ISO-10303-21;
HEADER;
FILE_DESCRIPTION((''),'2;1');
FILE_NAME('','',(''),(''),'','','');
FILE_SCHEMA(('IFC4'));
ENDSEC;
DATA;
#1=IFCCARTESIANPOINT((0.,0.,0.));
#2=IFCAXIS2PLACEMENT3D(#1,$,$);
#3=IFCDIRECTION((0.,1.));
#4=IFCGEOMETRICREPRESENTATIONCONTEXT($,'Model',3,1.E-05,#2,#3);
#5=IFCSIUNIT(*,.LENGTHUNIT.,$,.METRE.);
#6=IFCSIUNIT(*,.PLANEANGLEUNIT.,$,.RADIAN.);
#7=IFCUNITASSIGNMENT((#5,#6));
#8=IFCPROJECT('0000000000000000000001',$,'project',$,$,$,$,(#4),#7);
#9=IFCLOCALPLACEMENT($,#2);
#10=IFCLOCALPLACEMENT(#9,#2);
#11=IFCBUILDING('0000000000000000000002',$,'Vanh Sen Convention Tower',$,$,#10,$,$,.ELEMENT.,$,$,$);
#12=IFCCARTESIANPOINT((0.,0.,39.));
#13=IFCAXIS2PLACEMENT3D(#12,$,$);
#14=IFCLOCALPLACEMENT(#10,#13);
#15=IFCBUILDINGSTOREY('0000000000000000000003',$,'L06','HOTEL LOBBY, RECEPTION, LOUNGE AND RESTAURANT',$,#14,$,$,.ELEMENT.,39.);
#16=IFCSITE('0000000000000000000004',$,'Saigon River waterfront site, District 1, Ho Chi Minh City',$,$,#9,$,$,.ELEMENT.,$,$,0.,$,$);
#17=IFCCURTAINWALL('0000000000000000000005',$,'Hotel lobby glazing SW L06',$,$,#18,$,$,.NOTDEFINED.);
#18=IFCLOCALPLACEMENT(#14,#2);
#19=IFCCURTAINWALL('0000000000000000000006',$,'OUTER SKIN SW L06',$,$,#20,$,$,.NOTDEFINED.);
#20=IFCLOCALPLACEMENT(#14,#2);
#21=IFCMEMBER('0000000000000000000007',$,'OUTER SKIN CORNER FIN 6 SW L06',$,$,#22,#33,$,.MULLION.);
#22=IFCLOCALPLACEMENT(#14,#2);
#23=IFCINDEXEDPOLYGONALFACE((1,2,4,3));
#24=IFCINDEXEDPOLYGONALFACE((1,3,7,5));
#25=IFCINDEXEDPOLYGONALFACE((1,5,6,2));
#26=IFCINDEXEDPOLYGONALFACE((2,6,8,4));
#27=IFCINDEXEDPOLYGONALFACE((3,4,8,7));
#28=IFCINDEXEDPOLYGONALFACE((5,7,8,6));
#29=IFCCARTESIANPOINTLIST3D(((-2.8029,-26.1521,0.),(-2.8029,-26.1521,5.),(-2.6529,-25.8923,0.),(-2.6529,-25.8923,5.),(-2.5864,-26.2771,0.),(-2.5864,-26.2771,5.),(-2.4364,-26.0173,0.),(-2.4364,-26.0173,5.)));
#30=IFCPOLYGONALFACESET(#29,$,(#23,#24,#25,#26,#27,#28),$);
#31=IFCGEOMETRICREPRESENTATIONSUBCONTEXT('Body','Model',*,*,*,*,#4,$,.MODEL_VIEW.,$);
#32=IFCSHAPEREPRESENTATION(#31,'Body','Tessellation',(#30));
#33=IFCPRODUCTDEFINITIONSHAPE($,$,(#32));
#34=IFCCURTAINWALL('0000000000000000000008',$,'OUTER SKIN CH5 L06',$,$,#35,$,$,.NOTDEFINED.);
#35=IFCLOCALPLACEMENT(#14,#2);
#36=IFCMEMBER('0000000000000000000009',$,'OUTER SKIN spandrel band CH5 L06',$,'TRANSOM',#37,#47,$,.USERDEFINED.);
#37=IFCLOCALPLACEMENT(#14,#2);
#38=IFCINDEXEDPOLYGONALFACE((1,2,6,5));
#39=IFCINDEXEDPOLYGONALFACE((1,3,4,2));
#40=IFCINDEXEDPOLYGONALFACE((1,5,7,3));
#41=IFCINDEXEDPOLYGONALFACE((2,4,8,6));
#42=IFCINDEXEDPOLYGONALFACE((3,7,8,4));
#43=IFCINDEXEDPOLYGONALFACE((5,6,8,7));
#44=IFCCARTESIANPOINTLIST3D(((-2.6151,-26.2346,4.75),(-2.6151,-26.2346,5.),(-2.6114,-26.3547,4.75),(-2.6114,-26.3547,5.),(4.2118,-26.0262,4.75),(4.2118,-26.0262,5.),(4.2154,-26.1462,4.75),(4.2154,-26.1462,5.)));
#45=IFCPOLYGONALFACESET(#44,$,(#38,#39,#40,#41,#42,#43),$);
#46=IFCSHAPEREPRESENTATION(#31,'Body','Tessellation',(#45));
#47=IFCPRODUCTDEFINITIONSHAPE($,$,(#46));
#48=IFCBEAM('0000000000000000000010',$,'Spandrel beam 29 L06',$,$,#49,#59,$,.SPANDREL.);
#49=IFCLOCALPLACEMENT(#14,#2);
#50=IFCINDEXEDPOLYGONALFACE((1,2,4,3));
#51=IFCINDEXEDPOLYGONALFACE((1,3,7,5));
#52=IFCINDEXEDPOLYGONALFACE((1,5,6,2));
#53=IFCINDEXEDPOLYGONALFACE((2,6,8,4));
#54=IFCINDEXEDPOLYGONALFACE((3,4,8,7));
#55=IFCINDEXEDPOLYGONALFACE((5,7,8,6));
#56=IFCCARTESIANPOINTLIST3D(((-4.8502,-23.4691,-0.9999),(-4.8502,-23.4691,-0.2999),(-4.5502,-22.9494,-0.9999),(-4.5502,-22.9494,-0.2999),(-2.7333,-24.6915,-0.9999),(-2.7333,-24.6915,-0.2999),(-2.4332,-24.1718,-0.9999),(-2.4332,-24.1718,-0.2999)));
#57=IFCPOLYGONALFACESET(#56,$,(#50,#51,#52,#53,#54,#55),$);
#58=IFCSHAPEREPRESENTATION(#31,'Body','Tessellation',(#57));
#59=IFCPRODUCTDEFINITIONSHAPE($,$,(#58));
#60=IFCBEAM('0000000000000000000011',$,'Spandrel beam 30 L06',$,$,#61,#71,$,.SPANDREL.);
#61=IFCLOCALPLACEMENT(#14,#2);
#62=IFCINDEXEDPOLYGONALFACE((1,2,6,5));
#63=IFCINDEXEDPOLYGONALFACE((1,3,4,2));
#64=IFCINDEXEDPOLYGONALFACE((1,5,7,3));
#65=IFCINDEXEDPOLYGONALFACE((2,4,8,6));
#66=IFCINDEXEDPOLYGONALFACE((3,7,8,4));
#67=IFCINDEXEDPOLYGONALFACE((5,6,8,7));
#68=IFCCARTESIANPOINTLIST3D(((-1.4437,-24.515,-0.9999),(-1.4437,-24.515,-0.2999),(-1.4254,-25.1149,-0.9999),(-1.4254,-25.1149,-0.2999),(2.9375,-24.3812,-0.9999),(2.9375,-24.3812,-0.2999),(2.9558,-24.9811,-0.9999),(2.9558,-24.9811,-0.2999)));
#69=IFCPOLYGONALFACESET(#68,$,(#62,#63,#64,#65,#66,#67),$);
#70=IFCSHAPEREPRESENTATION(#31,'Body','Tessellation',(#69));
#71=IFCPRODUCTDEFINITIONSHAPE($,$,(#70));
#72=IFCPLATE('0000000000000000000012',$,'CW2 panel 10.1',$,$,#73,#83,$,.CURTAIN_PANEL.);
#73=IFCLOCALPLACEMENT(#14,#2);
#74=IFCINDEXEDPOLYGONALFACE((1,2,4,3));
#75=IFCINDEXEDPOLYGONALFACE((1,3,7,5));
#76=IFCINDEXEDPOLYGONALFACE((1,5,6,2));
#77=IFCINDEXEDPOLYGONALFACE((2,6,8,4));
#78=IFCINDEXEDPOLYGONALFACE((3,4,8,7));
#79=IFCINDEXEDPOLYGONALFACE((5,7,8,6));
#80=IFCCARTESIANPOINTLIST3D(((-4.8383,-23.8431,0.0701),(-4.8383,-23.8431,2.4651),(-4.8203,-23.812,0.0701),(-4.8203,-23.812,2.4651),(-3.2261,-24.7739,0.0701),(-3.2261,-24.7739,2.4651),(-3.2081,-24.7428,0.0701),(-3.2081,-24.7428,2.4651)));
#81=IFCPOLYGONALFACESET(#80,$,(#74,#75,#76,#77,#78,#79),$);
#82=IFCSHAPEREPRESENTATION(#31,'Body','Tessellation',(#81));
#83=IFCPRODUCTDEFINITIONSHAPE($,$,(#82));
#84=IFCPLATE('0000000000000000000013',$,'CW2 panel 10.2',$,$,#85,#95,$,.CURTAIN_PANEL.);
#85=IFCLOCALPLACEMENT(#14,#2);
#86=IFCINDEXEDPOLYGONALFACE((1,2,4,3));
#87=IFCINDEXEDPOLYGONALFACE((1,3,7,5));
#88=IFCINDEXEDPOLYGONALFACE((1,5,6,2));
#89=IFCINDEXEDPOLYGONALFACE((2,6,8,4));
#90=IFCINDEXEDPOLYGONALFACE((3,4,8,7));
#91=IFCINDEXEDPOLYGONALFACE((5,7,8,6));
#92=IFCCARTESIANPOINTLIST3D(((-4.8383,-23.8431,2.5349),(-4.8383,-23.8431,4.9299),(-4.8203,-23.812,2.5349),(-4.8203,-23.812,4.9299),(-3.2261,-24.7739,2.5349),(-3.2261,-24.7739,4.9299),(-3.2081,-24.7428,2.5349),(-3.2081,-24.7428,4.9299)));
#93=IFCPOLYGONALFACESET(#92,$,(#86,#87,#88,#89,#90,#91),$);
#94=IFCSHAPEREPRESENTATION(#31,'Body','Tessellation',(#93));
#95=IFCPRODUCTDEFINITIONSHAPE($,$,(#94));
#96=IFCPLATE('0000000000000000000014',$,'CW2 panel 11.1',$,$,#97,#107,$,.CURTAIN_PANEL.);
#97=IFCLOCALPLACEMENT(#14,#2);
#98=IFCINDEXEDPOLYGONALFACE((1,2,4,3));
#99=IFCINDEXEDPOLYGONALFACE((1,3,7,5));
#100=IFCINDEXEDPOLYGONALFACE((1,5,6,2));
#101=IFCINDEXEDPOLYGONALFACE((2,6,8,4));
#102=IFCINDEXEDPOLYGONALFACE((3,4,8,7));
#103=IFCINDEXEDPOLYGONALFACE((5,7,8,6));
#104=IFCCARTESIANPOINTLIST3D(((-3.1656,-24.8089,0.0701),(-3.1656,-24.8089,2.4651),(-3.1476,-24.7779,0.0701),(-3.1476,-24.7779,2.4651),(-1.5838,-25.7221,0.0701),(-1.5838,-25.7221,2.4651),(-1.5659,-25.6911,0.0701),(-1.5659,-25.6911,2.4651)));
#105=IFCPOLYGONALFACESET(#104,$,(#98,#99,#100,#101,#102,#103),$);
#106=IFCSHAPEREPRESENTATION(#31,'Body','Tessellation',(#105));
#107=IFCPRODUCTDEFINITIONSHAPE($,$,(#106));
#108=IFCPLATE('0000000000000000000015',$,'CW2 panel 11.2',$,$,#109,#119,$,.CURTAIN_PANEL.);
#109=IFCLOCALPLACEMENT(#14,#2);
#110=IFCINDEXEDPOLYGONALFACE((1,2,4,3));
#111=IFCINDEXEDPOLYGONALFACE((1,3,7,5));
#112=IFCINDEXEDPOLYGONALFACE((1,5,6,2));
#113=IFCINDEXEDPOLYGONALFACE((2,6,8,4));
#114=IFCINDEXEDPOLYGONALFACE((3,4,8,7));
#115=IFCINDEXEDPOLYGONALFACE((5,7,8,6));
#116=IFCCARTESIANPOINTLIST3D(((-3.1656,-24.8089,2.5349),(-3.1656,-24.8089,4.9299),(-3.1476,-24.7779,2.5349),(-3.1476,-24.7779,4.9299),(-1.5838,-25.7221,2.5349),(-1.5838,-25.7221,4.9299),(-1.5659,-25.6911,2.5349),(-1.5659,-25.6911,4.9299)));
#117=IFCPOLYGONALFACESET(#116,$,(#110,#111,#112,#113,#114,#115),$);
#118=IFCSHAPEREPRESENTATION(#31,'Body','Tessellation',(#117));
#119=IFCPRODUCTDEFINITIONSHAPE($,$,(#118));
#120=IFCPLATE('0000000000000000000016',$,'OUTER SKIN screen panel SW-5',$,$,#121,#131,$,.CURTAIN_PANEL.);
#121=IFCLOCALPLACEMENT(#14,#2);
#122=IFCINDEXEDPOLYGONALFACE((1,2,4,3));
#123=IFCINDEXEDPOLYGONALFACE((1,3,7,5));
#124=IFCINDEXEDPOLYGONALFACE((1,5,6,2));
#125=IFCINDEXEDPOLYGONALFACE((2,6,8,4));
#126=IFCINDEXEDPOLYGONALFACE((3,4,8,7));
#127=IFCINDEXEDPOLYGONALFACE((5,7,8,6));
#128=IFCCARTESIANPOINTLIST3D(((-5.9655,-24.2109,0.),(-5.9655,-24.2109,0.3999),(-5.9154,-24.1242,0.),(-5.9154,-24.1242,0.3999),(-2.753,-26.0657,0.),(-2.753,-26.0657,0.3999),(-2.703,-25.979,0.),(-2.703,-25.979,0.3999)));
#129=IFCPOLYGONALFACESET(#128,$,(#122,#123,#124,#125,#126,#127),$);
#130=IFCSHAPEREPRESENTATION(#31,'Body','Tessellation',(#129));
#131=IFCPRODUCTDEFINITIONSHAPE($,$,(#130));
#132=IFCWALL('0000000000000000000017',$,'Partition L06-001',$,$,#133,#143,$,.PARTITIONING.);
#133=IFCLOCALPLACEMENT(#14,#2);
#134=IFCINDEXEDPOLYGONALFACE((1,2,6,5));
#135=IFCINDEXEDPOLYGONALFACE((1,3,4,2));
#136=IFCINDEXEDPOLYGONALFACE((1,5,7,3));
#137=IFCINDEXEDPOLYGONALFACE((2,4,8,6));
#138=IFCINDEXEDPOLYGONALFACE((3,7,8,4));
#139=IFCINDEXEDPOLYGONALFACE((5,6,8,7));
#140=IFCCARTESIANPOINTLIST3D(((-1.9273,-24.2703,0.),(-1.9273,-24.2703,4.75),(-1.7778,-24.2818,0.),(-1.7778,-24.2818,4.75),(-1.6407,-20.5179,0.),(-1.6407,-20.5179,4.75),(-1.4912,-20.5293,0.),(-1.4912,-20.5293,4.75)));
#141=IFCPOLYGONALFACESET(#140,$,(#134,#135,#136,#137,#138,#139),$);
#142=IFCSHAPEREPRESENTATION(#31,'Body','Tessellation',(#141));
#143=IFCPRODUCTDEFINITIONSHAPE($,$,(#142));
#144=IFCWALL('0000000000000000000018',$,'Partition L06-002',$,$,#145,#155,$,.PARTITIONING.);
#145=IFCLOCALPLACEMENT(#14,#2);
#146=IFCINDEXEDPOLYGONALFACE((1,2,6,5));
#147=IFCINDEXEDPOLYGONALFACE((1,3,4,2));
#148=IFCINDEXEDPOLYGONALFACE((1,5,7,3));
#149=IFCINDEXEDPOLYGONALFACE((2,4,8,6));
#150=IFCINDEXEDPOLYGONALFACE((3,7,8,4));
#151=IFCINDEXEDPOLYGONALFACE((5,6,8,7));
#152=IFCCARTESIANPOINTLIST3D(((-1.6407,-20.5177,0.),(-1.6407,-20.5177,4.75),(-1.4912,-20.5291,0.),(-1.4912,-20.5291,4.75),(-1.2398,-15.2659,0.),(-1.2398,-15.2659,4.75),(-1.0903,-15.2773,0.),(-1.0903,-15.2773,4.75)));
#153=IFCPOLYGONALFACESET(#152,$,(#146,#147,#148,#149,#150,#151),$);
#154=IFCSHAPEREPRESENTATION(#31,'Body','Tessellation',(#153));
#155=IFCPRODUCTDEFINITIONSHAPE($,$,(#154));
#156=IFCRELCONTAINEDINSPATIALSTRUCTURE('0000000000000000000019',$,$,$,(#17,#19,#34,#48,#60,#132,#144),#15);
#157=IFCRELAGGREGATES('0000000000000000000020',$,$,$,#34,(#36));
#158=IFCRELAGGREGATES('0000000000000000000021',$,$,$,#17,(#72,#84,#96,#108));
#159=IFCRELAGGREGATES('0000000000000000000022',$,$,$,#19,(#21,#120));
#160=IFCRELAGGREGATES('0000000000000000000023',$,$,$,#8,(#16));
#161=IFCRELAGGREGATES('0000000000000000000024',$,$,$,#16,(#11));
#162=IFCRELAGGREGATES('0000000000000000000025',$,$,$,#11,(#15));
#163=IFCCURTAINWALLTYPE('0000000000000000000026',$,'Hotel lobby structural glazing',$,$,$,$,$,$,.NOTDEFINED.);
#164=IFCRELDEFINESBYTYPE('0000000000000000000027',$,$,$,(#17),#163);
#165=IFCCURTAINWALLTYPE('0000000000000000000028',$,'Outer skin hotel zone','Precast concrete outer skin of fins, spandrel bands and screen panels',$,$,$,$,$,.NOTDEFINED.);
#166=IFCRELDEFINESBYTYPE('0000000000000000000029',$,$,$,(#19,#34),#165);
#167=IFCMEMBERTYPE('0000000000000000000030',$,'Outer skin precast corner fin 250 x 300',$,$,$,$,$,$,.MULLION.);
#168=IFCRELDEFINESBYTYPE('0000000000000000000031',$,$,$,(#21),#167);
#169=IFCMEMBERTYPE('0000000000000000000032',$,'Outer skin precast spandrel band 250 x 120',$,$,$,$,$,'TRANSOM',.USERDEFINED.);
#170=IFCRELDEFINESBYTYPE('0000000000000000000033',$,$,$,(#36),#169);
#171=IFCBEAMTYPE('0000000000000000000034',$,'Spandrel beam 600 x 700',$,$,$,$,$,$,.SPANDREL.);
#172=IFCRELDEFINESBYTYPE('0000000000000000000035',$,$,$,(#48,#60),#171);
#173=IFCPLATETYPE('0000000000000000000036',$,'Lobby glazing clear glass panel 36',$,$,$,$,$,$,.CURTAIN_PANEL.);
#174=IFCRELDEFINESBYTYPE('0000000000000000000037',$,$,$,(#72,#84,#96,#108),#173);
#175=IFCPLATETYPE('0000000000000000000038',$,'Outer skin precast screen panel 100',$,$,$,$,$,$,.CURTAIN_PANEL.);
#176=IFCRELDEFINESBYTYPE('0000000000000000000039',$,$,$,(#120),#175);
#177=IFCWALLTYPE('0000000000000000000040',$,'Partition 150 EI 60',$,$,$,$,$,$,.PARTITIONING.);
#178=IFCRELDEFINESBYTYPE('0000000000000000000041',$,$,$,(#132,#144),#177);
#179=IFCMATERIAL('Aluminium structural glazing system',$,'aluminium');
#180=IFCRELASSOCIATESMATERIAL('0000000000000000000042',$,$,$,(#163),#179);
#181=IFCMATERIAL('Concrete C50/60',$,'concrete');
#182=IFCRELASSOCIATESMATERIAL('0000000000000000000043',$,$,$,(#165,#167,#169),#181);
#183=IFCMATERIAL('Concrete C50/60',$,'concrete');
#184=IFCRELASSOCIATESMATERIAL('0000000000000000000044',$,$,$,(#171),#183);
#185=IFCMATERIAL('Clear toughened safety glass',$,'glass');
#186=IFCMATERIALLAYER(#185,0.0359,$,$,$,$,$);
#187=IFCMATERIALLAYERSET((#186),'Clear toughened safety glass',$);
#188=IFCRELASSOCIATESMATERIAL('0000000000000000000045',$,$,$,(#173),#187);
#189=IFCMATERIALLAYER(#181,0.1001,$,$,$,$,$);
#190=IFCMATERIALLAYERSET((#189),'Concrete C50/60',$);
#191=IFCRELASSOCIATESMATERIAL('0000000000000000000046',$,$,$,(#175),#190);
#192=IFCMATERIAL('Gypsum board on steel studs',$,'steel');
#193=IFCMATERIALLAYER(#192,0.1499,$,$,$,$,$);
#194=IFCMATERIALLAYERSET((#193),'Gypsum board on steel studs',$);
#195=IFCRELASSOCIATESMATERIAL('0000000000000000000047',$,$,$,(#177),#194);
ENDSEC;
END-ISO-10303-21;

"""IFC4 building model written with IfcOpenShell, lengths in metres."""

from ifc_helpers import new_model, si_unit, direction, frame, frame_2d, origin, origin_2d, place, context, subcontext, project, spatial, rectangle, extrude, material, layer, layer_set, material_profile, profile_set, type_object, element, aggregate, save


model = new_model("IFC4")

# Units and contexts
model_context = context("Model", 3, precision=1e-05, world=origin(), true_north=direction((0.0, 1.0)))
body_context = subcontext(model_context, "Body", "Model", "MODEL_VIEW")
ifc_project = project(units=[si_unit("LENGTHUNIT", "METRE"), si_unit("PLANEANGLEUNIT", "RADIAN")], contexts=[model_context])

# Site, building, storey
site_placement = place(None, origin())
site = spatial("IfcSite", under=ifc_project, at=site_placement, Name="Saigon River waterfront site, District 1, Ho Chi Minh City", CompositionType="ELEMENT", RefElevation=0.0)
building_placement = place(site_placement, origin())
building = spatial("IfcBuilding", under=site, at=building_placement, Name="Vanh Sen Convention Tower", CompositionType="ELEMENT")
storey_placement = place(building_placement, frame((0.0, 0.0, 39.0)))
storey = spatial("IfcBuildingStorey", under=building, at=storey_placement, Name="L06", Description="HOTEL LOBBY, RECEPTION, LOUNGE AND RESTAURANT", CompositionType="ELEMENT", Elevation=39.0)

# Curtain wall
ifc_material_1 = material(Name="Aluminium structural glazing system", Category="aluminium")
curtain_wall_type_1 = type_object("IfcCurtainWallType", Name="Hotel lobby structural glazing", PredefinedType="NOTDEFINED", material=ifc_material_1)
curtain_wall_1_placement = place(storey_placement, origin())
curtain_wall_1 = element("IfcCurtainWall", 1, at=curtain_wall_1_placement, inside=storey, type_object=curtain_wall_type_1, Name="Hotel lobby glazing SW L06", PredefinedType="NOTDEFINED")

# Curtain walls, members
ifc_material_2 = material(Name="Concrete C50/60", Category="concrete")
curtain_wall_type_2 = type_object("IfcCurtainWallType", Name="Outer skin hotel zone", Description="Precast concrete outer skin of fins, spandrel bands and screen panels", PredefinedType="NOTDEFINED", material=ifc_material_2)
curtain_wall_2_placement = place(storey_placement, origin())
curtain_wall_2 = element("IfcCurtainWall", 2, at=curtain_wall_2_placement, inside=storey, type_object=curtain_wall_type_2, Name="OUTER SKIN SW L06", PredefinedType="NOTDEFINED")
ifc_material_profile_1 = material_profile(ifc_material_2, rectangle(XDim=0.25, YDim=0.3, at=origin_2d()), Name="Outer skin precast corner fin 250 x 300")
ifc_profile_set_1 = profile_set([ifc_material_profile_1], Name="Concrete C50/60")
member_type_1 = type_object("IfcMemberType", Name="Outer skin precast corner fin 250 x 300", PredefinedType="MULLION", material=ifc_profile_set_1)
member_1_placement = place(storey_placement, frame((-2.6196, -26.0847, 0.0), z_axis=(0.0, 0.0, 1.0), x_axis=(0.866025, -0.5, 0.0)))
member_1 = element("IfcMember", 3, at=member_1_placement, type_object=member_type_1, Name="OUTER SKIN CORNER FIN 6 SW L06", PredefinedType="MULLION", context=body_context, shape_type="SweptSolid", body=[
    extrude(rectangle(XDim=0.25, YDim=0.3, at=origin_2d()), origin(), (0.0, 0.0, 1.0), 5.0),
])
curtain_wall_3_placement = place(storey_placement, origin())
curtain_wall_3 = element("IfcCurtainWall", 4, at=curtain_wall_3_placement, inside=storey, type_object=curtain_wall_type_2, Name="OUTER SKIN CH5 L06", PredefinedType="NOTDEFINED")
ifc_material_profile_2 = material_profile(ifc_material_2, rectangle(XDim=0.1201, YDim=0.25, at=origin_2d()), Name="Outer skin precast spandrel band 250 x 120")
ifc_profile_set_2 = profile_set([ifc_material_profile_2], Name="Concrete C50/60")
member_type_2 = type_object("IfcMemberType", Name="Outer skin precast spandrel band 250 x 120", ElementType="TRANSOM", PredefinedType="USERDEFINED", material=ifc_profile_set_2)
member_2_placement = place(storey_placement, frame((-2.6133, -26.2947, 4.875), z_axis=(0.999534, 0.030526, 0.0), x_axis=(-0.030526, 0.999534, 0.0)))
member_2 = element("IfcMember", 5, at=member_2_placement, type_object=member_type_2, Name="OUTER SKIN spandrel band CH5 L06", ObjectType="TRANSOM", PredefinedType="USERDEFINED", context=body_context, shape_type="SweptSolid", body=[
    extrude(rectangle(XDim=0.1201, YDim=0.25, at=origin_2d()), origin(), (0.0, 0.0, 1.0), 6.8301),
])
aggregate(curtain_wall_3, [member_2])

# Beams
ifc_material_3 = material(Name="Concrete C50/60", Category="concrete")
ifc_material_profile_3 = material_profile(ifc_material_3, rectangle(XDim=0.6001, YDim=0.7, at=origin_2d()), Name="RC 600X700")
ifc_profile_set_3 = profile_set([ifc_material_profile_3], Name="Concrete C50/60")
beam_type = type_object("IfcBeamType", Name="Spandrel beam 600 x 700", PredefinedType="SPANDREL", material=ifc_profile_set_3)
beam_1_placement = place(storey_placement, frame((-4.7002, -23.2092, -0.6499), z_axis=(0.865991, -0.50006, 0.0), x_axis=(0.50006, 0.865991, 0.0)))
element("IfcBeam", 6, at=beam_1_placement, inside=storey, type_object=beam_type, Name="Spandrel beam 29 L06", PredefinedType="SPANDREL", context=body_context, shape_type="SweptSolid", body=[
    extrude(rectangle(XDim=0.6001, YDim=0.7, at=origin_2d()), origin(), (0.0, 0.0, 1.0), 2.4446),
])
beam_2_placement = place(storey_placement, frame((-1.4346, -24.8149, -0.6499), z_axis=(0.999534, 0.030522, 0.0), x_axis=(-0.030522, 0.999534, 0.0)))
element("IfcBeam", 7, at=beam_2_placement, inside=storey, type_object=beam_type, Name="Spandrel beam 30 L06", PredefinedType="SPANDREL", context=body_context, shape_type="SweptSolid", body=[
    extrude(rectangle(XDim=0.6001, YDim=0.7, at=origin_2d()), origin(), (0.0, 0.0, 1.0), 4.3833),
])

# Plates
ifc_material_4 = material(Name="Clear toughened safety glass", Category="glass")
ifc_layer_1 = layer(ifc_material_4, 0.0359)
ifc_layer_set_1 = layer_set([ifc_layer_1], Name="Clear toughened safety glass")
plate_type_1 = type_object("IfcPlateType", Name="Lobby glazing clear glass panel 36", PredefinedType="CURTAIN_PANEL", material=ifc_layer_set_1)
plate_1_placement = place(storey_placement, frame((-4.0232, -24.293, 0.0701), z_axis=(0.0, 0.0, 1.0), x_axis=(0.866027, -0.499997, 0.0)))
plate_1 = element("IfcPlate", 8, at=plate_1_placement, type_object=plate_type_1, Name="CW2 panel 10.1", PredefinedType="CURTAIN_PANEL", context=body_context, shape_type="SweptSolid", body=[
    extrude(rectangle(XDim=1.8616, YDim=0.0359, at=origin_2d()), origin(), (0.0, 0.0, 1.0), 2.395),
])
plate_2_placement = place(storey_placement, frame((-4.0232, -24.293, 2.5349), z_axis=(0.0, 0.0, 1.0), x_axis=(0.866027, -0.499997, 0.0)))
plate_2 = element("IfcPlate", 9, at=plate_2_placement, type_object=plate_type_1, Name="CW2 panel 10.2", PredefinedType="CURTAIN_PANEL", context=body_context, shape_type="SweptSolid", body=[
    extrude(rectangle(XDim=1.8616, YDim=0.0359, at=origin_2d()), origin(), (0.0, 0.0, 1.0), 2.395),
])
plate_3_placement = place(storey_placement, frame((-2.3657, -25.25, 0.0701), z_axis=(0.0, 0.0, 1.0), x_axis=(0.866027, -0.499997, 0.0)))
plate_3 = element("IfcPlate", 10, at=plate_3_placement, type_object=plate_type_1, Name="CW2 panel 11.1", PredefinedType="CURTAIN_PANEL", context=body_context, shape_type="SweptSolid", body=[
    extrude(rectangle(XDim=1.8264, YDim=0.0359, at=origin_2d()), origin(), (0.0, 0.0, 1.0), 2.395),
])
plate_4_placement = place(storey_placement, frame((-2.3657, -25.25, 2.5349), z_axis=(0.0, 0.0, 1.0), x_axis=(0.866027, -0.499997, 0.0)))
plate_4 = element("IfcPlate", 11, at=plate_4_placement, type_object=plate_type_1, Name="CW2 panel 11.2", PredefinedType="CURTAIN_PANEL", context=body_context, shape_type="SweptSolid", body=[
    extrude(rectangle(XDim=1.8264, YDim=0.0359, at=origin_2d()), origin(), (0.0, 0.0, 1.0), 2.395),
])
aggregate(curtain_wall_1, [plate_1, plate_2, plate_3, plate_4])
ifc_layer_2 = layer(ifc_material_2, 0.1001)
ifc_layer_set_2 = layer_set([ifc_layer_2], Name="Concrete C50/60")
plate_type_2 = type_object("IfcPlateType", Name="Outer skin precast screen panel 100", PredefinedType="CURTAIN_PANEL", material=ifc_layer_set_2)
plate_5_placement = place(storey_placement, frame((-4.3342, -25.095, 0.0), z_axis=(0.0, 0.0, 1.0), x_axis=(0.866021, -0.500008, 0.0)))
plate_5 = element("IfcPlate", 12, at=plate_5_placement, type_object=plate_type_2, Name="OUTER SKIN screen panel SW-5", PredefinedType="CURTAIN_PANEL", context=body_context, shape_type="SweptSolid", body=[
    extrude(rectangle(XDim=3.7095, YDim=0.1001, at=origin_2d()), origin(), (0.0, 0.0, 1.0), 0.3999),
])
aggregate(curtain_wall_2, [member_1, plate_5])

# Walls
ifc_material_5 = material(Name="Gypsum board on steel studs", Category="steel")
ifc_layer_3 = layer(ifc_material_5, 0.1499)
ifc_layer_set_3 = layer_set([ifc_layer_3], Name="Gypsum board on steel studs")
wall_type = type_object("IfcWallType", Name="Partition 150 EI 60", PredefinedType="PARTITIONING", material=ifc_layer_set_3)
wall_1_placement = place(storey_placement, frame((-1.5659, -20.5234, 0.0), z_axis=(0.0, 0.0, 1.0), x_axis=(-0.076161, -0.997096, 0.0)))
element("IfcWall", 13, at=wall_1_placement, inside=storey, type_object=wall_type, Name="Partition L06-001", PredefinedType="PARTITIONING", context=body_context, shape_type="SweptSolid", body=[
    extrude(rectangle(XDim=3.7634, YDim=0.1499, at=frame_2d((1.8818, 0.0))), origin(), (0.0, 0.0, 1.0), 4.75),
])
wall_2_placement = place(storey_placement, frame((-1.5659, -20.5234, 0.0), z_axis=(0.0, 0.0, 1.0), x_axis=(0.076112, 0.997099, 0.0)))
element("IfcWall", 14, at=wall_2_placement, inside=storey, type_object=wall_type, Name="Partition L06-002", PredefinedType="PARTITIONING", context=body_context, shape_type="SweptSolid", body=[
    extrude(rectangle(XDim=5.2671, YDim=0.1499, at=frame_2d((2.6335, 0.0))), origin(), (0.0, 0.0, 1.0), 4.75),
])

save(model, "model.ifc")
